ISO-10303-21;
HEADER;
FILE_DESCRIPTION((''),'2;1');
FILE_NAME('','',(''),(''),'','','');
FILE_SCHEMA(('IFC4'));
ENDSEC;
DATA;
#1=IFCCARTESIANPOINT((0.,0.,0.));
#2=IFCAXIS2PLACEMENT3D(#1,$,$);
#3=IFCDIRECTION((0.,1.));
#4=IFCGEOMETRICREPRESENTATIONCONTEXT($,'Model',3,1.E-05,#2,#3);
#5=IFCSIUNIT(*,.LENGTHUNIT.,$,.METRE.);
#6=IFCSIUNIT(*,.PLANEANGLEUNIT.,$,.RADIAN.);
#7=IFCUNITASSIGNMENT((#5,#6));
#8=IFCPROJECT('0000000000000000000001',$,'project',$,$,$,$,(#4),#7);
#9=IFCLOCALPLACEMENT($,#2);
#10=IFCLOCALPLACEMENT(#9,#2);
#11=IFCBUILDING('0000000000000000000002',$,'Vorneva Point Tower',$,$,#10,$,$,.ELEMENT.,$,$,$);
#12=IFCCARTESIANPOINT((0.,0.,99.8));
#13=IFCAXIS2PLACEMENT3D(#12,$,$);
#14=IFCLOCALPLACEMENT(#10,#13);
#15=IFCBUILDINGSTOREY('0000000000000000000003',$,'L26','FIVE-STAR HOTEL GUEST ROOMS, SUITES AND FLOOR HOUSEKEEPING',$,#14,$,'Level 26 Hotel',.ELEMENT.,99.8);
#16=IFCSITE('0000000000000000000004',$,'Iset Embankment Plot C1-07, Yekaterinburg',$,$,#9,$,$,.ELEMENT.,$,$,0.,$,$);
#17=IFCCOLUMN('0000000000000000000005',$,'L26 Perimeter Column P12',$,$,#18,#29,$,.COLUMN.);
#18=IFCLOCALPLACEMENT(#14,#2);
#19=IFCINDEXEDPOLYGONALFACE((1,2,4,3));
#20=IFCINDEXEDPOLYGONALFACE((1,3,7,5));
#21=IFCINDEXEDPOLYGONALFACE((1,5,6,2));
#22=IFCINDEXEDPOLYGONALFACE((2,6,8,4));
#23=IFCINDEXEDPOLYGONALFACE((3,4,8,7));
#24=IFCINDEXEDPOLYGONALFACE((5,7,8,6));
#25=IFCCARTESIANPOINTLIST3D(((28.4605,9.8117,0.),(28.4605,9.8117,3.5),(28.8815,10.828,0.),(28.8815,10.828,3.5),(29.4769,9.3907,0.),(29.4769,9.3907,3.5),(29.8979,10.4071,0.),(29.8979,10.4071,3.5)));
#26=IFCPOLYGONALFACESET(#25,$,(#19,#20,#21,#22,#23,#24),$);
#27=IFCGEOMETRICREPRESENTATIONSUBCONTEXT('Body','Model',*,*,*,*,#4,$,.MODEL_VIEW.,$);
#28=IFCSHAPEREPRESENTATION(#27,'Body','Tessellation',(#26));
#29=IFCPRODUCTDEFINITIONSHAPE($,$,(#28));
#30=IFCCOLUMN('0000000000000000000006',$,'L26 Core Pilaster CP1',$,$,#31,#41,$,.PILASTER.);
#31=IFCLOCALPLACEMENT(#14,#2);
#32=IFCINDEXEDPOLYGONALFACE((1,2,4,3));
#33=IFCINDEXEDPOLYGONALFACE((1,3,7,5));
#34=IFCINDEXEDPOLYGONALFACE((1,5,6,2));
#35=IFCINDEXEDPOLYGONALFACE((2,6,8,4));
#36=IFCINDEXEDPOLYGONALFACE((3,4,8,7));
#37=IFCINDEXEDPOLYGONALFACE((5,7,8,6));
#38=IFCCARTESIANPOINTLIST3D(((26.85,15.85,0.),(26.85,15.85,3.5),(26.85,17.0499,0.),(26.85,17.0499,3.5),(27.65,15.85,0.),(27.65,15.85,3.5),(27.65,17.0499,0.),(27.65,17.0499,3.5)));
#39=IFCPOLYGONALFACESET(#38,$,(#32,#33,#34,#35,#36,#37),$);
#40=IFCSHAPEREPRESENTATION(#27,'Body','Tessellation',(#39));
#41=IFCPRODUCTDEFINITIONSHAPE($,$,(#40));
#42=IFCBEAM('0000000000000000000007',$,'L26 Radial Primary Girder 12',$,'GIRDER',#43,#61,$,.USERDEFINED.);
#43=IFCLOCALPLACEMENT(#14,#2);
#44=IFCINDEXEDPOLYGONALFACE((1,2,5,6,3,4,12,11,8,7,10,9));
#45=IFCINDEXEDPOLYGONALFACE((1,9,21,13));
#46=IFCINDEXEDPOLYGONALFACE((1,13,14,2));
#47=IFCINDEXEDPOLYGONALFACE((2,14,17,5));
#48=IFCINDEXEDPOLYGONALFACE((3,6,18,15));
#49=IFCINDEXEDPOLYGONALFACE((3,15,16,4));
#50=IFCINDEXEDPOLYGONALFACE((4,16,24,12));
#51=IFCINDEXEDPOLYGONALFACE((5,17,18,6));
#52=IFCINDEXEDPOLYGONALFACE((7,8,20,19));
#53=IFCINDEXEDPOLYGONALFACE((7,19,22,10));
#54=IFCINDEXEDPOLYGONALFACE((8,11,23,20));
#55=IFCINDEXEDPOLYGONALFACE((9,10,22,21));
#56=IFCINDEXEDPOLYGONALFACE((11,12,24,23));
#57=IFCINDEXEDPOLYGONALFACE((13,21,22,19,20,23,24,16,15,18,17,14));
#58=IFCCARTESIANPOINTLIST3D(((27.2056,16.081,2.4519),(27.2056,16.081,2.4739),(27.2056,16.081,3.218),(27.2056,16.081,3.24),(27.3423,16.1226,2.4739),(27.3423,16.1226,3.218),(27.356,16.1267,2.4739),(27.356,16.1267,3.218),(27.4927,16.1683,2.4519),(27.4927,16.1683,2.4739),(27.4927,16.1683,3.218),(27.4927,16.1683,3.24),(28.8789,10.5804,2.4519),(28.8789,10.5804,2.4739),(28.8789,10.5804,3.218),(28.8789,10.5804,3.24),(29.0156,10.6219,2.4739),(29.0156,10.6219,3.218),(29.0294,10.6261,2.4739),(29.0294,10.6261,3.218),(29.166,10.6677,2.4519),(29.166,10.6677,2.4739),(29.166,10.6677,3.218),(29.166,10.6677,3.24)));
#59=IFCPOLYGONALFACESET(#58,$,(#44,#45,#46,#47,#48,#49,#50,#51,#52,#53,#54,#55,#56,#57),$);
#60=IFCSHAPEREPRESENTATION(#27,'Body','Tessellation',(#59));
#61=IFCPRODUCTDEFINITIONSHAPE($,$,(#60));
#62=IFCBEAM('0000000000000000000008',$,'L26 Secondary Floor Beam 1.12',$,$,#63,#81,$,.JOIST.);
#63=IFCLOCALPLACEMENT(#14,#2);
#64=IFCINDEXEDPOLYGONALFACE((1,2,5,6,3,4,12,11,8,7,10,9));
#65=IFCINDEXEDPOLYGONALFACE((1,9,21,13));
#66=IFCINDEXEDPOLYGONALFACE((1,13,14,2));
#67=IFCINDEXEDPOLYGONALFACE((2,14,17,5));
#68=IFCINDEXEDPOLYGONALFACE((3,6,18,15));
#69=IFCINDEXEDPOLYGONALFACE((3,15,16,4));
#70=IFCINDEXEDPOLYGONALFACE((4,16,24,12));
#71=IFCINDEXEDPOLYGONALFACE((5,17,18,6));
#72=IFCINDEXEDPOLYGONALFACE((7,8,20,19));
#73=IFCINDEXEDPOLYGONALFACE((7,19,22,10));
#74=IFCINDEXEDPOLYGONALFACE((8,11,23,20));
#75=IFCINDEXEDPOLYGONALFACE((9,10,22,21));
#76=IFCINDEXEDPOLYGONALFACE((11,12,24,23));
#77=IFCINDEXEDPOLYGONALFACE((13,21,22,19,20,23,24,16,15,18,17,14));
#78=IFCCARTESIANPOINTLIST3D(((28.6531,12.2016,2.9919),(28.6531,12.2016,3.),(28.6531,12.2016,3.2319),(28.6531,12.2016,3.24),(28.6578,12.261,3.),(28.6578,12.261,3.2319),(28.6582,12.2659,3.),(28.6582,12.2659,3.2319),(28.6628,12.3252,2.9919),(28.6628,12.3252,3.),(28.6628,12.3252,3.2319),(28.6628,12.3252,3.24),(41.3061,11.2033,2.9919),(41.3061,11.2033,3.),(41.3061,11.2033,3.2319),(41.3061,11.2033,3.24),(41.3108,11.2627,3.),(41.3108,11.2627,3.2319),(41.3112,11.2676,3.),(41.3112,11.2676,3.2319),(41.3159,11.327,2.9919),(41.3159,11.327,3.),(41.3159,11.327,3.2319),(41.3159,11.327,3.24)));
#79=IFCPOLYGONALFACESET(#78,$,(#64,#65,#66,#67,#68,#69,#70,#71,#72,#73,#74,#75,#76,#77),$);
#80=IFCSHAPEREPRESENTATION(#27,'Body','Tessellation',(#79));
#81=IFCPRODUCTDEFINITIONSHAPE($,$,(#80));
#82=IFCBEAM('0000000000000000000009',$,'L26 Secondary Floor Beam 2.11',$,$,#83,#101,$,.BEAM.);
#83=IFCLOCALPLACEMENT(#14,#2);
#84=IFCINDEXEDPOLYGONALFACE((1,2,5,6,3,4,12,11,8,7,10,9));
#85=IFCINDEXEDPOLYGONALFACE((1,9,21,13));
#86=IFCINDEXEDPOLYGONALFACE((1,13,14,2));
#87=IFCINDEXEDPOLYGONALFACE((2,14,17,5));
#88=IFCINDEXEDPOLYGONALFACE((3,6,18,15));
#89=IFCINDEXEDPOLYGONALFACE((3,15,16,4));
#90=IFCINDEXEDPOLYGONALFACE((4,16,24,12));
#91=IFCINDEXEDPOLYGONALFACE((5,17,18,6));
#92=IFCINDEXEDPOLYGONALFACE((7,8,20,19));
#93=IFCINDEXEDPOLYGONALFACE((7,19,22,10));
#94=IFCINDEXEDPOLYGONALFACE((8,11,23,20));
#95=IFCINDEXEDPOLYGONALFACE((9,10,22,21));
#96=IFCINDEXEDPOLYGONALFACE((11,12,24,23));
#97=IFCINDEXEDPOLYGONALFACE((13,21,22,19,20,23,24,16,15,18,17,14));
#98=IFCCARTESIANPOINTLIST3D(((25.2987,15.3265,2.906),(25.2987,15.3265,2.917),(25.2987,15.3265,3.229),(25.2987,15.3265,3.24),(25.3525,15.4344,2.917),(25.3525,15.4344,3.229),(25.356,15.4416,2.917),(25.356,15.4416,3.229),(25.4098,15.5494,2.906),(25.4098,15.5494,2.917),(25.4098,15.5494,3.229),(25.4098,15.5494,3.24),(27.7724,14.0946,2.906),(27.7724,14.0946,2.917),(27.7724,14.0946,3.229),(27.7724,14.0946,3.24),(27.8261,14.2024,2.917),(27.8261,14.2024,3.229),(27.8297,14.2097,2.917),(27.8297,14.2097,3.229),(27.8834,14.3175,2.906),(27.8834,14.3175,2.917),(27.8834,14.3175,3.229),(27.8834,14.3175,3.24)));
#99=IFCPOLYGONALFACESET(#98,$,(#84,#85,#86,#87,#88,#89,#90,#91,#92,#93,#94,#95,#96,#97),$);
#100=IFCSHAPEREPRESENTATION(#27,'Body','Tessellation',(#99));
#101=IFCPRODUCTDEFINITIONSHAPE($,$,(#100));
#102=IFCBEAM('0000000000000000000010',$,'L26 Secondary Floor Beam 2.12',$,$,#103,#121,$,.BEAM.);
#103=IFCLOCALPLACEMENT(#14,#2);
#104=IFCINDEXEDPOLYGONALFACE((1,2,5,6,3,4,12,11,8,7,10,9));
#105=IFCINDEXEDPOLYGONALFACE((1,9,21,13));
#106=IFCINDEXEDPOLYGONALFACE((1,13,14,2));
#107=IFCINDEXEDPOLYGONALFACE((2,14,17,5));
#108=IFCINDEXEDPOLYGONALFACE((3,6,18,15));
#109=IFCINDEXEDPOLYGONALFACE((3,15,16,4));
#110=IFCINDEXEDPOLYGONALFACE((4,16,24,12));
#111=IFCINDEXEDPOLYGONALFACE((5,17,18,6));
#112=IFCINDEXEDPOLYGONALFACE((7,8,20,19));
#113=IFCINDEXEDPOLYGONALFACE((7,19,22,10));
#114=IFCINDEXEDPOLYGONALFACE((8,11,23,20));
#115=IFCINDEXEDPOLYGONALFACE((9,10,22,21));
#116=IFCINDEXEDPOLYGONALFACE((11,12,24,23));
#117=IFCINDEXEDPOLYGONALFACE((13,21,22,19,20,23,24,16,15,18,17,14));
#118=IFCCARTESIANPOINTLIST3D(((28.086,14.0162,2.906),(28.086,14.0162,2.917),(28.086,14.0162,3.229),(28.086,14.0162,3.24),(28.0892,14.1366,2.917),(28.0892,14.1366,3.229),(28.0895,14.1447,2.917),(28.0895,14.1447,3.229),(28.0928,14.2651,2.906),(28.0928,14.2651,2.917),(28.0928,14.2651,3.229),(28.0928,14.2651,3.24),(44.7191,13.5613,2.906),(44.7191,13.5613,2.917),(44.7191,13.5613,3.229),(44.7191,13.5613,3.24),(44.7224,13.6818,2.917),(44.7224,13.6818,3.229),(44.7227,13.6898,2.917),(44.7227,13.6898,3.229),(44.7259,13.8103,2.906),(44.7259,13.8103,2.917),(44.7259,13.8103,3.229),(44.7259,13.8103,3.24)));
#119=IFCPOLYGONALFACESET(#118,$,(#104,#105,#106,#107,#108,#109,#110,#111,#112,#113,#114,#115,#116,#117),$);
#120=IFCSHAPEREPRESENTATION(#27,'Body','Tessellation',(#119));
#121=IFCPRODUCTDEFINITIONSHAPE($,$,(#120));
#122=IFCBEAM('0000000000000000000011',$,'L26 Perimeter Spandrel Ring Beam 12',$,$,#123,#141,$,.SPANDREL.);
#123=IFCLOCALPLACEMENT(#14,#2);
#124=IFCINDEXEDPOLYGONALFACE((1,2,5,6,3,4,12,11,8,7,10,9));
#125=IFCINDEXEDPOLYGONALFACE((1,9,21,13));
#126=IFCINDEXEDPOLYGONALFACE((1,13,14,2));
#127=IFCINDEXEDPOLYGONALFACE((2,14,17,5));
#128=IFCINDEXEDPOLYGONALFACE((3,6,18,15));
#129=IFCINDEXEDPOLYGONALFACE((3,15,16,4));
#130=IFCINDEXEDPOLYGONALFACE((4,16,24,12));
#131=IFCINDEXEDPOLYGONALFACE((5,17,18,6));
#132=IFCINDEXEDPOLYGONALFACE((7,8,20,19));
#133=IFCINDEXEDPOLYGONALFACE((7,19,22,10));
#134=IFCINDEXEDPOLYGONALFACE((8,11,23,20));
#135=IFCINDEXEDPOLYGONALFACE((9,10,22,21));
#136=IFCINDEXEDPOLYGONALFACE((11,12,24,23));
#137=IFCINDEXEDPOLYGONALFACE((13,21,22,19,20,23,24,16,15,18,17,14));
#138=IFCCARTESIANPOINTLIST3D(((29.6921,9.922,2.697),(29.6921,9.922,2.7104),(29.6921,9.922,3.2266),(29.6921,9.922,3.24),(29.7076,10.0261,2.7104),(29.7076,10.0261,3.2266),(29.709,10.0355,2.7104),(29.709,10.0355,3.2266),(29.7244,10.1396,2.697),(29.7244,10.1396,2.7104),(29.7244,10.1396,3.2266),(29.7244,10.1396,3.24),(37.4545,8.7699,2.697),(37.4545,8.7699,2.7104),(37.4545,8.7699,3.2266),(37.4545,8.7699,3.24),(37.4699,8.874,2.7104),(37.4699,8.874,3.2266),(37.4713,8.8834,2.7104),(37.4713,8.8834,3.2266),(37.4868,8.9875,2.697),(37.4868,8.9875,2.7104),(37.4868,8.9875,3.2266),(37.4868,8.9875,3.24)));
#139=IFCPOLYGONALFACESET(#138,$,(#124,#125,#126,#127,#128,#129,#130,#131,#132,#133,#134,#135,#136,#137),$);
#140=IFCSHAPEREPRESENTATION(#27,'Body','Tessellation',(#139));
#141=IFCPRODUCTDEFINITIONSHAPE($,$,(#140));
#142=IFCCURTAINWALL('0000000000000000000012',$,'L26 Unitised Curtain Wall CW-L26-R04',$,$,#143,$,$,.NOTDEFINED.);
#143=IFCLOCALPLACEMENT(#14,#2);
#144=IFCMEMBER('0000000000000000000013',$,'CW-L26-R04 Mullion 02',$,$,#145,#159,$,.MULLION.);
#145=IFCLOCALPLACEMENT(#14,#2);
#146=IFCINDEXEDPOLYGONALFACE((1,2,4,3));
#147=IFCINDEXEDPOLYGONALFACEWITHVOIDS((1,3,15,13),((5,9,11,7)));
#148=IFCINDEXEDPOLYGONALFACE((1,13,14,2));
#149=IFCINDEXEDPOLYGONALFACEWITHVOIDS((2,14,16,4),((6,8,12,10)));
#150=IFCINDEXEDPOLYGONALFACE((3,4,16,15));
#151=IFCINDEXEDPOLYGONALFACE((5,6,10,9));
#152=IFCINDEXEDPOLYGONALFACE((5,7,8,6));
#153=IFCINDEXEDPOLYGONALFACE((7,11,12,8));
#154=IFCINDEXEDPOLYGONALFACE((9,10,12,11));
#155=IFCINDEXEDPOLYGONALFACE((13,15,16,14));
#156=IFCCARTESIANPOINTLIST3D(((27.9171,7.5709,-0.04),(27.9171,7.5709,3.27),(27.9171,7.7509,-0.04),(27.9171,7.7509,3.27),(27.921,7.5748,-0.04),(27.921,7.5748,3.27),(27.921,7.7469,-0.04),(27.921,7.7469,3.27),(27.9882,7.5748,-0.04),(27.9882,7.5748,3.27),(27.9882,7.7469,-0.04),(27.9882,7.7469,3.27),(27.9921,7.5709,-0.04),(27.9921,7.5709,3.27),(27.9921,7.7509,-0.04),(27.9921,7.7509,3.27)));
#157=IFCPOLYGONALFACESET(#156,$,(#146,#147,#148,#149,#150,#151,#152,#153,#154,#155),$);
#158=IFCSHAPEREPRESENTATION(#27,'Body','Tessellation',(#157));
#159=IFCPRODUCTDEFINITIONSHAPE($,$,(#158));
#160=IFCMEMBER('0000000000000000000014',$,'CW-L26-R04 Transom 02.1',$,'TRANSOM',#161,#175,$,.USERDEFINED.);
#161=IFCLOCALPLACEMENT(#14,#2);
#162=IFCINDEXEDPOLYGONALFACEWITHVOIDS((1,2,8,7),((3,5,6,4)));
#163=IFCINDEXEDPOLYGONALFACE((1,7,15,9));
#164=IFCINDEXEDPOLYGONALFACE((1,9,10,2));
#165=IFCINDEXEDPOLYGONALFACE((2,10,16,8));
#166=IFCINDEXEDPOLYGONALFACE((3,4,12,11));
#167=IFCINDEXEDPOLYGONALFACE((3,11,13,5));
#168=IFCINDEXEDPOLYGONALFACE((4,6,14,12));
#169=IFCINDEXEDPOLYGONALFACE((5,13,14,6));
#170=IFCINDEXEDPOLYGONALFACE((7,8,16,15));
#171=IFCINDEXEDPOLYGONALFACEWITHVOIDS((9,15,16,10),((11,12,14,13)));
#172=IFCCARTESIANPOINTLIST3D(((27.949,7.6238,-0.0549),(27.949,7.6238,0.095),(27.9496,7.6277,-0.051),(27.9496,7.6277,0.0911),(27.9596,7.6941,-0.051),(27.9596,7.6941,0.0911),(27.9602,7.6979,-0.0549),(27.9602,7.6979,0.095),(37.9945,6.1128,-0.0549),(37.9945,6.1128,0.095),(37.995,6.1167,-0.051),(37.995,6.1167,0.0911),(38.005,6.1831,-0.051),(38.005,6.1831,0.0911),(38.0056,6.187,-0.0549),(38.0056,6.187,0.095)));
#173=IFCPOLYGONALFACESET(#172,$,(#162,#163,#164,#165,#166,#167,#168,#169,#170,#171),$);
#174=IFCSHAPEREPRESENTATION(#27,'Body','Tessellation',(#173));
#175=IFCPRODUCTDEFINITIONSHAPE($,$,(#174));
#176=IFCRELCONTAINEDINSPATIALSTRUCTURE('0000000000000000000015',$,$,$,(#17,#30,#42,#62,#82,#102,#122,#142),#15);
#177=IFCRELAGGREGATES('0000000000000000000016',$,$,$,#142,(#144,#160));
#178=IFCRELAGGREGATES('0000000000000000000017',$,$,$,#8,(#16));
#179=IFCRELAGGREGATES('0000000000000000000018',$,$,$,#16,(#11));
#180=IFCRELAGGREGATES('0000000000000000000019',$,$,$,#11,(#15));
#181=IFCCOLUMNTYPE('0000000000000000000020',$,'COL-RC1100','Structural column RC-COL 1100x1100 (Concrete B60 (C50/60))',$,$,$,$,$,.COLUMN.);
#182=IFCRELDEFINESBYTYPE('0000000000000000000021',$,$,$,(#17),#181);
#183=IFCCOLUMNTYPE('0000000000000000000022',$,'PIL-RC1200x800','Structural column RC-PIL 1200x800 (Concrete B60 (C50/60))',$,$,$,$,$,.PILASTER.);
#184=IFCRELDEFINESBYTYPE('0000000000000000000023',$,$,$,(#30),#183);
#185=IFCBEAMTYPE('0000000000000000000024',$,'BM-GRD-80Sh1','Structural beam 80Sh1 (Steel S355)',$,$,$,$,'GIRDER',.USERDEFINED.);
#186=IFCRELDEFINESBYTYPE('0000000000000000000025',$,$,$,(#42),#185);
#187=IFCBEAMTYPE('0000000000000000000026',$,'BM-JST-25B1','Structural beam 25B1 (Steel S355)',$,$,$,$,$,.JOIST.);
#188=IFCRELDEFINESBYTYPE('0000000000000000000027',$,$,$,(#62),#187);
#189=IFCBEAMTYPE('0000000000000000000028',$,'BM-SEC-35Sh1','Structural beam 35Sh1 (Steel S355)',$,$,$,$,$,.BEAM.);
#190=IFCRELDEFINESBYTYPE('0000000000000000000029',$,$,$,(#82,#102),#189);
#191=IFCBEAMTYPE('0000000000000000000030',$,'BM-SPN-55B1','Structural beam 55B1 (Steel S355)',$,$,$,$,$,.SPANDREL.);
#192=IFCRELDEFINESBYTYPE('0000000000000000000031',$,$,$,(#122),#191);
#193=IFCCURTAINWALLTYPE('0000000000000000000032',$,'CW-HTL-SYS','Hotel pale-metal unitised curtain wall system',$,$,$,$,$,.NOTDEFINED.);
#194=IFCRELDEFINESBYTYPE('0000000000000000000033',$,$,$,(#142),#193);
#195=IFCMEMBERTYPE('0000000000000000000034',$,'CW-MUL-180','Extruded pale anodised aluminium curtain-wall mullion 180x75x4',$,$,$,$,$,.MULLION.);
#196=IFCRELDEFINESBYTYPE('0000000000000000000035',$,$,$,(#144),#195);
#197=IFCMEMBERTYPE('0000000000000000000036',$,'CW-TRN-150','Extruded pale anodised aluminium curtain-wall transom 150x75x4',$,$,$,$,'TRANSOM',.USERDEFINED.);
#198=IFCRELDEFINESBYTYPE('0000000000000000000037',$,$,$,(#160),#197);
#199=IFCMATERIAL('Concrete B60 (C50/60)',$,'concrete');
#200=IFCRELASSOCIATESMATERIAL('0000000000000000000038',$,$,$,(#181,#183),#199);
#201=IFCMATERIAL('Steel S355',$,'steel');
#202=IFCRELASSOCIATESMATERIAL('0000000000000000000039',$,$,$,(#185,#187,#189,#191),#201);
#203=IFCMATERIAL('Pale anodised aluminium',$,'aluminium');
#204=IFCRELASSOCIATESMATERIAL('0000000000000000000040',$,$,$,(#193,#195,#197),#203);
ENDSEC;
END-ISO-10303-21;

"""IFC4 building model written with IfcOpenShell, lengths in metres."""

from ifc_helpers import new_model, si_unit, direction, frame, origin, origin_2d, place, context, subcontext, project, spatial, rectangle, hollow_rectangle, i_section, extrude, material, material_profile, profile_set, type_object, element, aggregate, save


model = new_model("IFC4")

# Units and contexts
model_context = context("Model", 3, precision=1e-05, world=origin(), true_north=direction((0.0, 1.0)))
body_context = subcontext(model_context, "Body", "Model", "MODEL_VIEW")
ifc_project = project(units=[si_unit("LENGTHUNIT", "METRE"), si_unit("PLANEANGLEUNIT", "RADIAN")], contexts=[model_context])

# Site, building, storey
site_placement = place(None, origin())
site = spatial("IfcSite", under=ifc_project, at=site_placement, Name="Iset Embankment Plot C1-07, Yekaterinburg", CompositionType="ELEMENT", RefElevation=0.0)
building_placement = place(site_placement, origin())
building = spatial("IfcBuilding", under=site, at=building_placement, Name="Vorneva Point Tower", CompositionType="ELEMENT")
storey_placement = place(building_placement, frame((0.0, 0.0, 99.8)))
storey = spatial("IfcBuildingStorey", under=building, at=storey_placement, Name="L26", Description="FIVE-STAR HOTEL GUEST ROOMS, SUITES AND FLOOR HOUSEKEEPING", LongName="Level 26 Hotel", CompositionType="ELEMENT", Elevation=99.8)

# Columns
ifc_material_1 = material(Name="Concrete B60 (C50/60)", Category="concrete")
ifc_material_profile_1 = material_profile(ifc_material_1, rectangle(XDim=1.1001, YDim=1.1001, at=origin_2d()), Name="RC-COL 1100x1100")
ifc_profile_set_1 = profile_set([ifc_material_profile_1], Name="Concrete B60 (C50/60)")
column_type_1 = type_object("IfcColumnType", Name="COL-RC1100", Description="Structural column RC-COL 1100x1100 (Concrete B60 (C50/60))", PredefinedType="COLUMN", material=ifc_profile_set_1)
column_1_placement = place(storey_placement, frame((29.1792, 10.1094, 0.0), z_axis=(0.0, 0.0, 1.0), x_axis=(-0.382683, -0.92388, 0.0)))
element("IfcColumn", 1, at=column_1_placement, inside=storey, type_object=column_type_1, Name="L26 Perimeter Column P12", PredefinedType="COLUMN", context=body_context, shape_type="SweptSolid", body=[
    extrude(rectangle(XDim=1.1001, YDim=1.1001, at=origin_2d()), origin(), (0.0, 0.0, 1.0), 3.5),
])
ifc_material_profile_2 = material_profile(ifc_material_1, rectangle(XDim=0.8, YDim=1.2, at=origin_2d()), Name="RC-PIL 1200x800")
ifc_profile_set_2 = profile_set([ifc_material_profile_2], Name="Concrete B60 (C50/60)")
column_type_2 = type_object("IfcColumnType", Name="PIL-RC1200x800", Description="Structural column RC-PIL 1200x800 (Concrete B60 (C50/60))", PredefinedType="PILASTER", material=ifc_profile_set_2)
column_2_placement = place(storey_placement, frame((27.25, 16.45, 0.0), z_axis=(0.0, 0.0, 1.0), x_axis=(1.0, 0.0, 0.0)))
element("IfcColumn", 2, at=column_2_placement, inside=storey, type_object=column_type_2, Name="L26 Core Pilaster CP1", PredefinedType="PILASTER", context=body_context, shape_type="SweptSolid", body=[
    extrude(rectangle(XDim=0.8, YDim=1.2, at=origin_2d()), origin(), (0.0, 0.0, 1.0), 3.5),
])

# Beams
ifc_material_2 = material(Name="Steel S355", Category="steel")
ifc_material_profile_3 = material_profile(ifc_material_2, i_section(OverallWidth=0.3, OverallDepth=0.7881, WebThickness=0.0144, FlangeThickness=0.022, at=origin_2d()), Name="80Sh1")
ifc_profile_set_3 = profile_set([ifc_material_profile_3], Name="Steel S355")
beam_type_1 = type_object("IfcBeamType", Name="BM-GRD-80Sh1", Description="Structural beam 80Sh1 (Steel S355)", ElementType="GIRDER", PredefinedType="USERDEFINED", material=ifc_profile_set_3)
beam_1_placement = place(storey_placement, frame((29.0225, 10.624, 2.8459), z_axis=(-0.291035, 0.956712, 0.0), x_axis=(-0.956712, -0.291035, 0.0)))
element("IfcBeam", 3, at=beam_1_placement, inside=storey, type_object=beam_type_1, Name="L26 Radial Primary Girder 12", ObjectType="GIRDER", PredefinedType="USERDEFINED", context=body_context, shape_type="SweptSolid", body=[
    extrude(i_section(OverallWidth=0.3, OverallDepth=0.7881, WebThickness=0.0144, FlangeThickness=0.022, at=origin_2d()), origin(), (0.0, 0.0, 1.0), 5.7495),
])
ifc_material_profile_4 = material_profile(ifc_material_2, i_section(OverallWidth=0.124, OverallDepth=0.248, WebThickness=0.0049, FlangeThickness=0.0081, at=origin_2d()), Name="25B1")
ifc_profile_set_4 = profile_set([ifc_material_profile_4], Name="Steel S355")
beam_type_2 = type_object("IfcBeamType", Name="BM-JST-25B1", Description="Structural beam 25B1 (Steel S355)", PredefinedType="JOIST", material=ifc_profile_set_4)
beam_2_placement = place(storey_placement, frame((28.658, 12.2634, 3.116), z_axis=(0.996902, -0.078653, 0.0), x_axis=(0.078653, 0.996902, 0.0)))
element("IfcBeam", 4, at=beam_2_placement, inside=storey, type_object=beam_type_2, Name="L26 Secondary Floor Beam 1.12", PredefinedType="JOIST", context=body_context, shape_type="SweptSolid", body=[
    extrude(i_section(OverallWidth=0.124, OverallDepth=0.248, WebThickness=0.0049, FlangeThickness=0.0081, at=origin_2d()), origin(), (0.0, 0.0, 1.0), 12.6924),
])
ifc_material_profile_5 = material_profile(ifc_material_2, i_section(OverallWidth=0.249, OverallDepth=0.334, WebThickness=0.0081, FlangeThickness=0.011, at=origin_2d()), Name="35Sh1")
ifc_profile_set_5 = profile_set([ifc_material_profile_5], Name="Steel S355")
beam_type_3 = type_object("IfcBeamType", Name="BM-SEC-35Sh1", Description="Structural beam 35Sh1 (Steel S355)", PredefinedType="BEAM", material=ifc_profile_set_5)
beam_3_placement = place(storey_placement, frame((25.3542, 15.438, 3.073), z_axis=(0.895133, -0.445799, 0.0), x_axis=(0.445799, 0.895133, 0.0)))
element("IfcBeam", 5, at=beam_3_placement, inside=storey, type_object=beam_type_3, Name="L26 Secondary Floor Beam 2.11", PredefinedType="BEAM", context=body_context, shape_type="SweptSolid", body=[
    extrude(i_section(OverallWidth=0.249, OverallDepth=0.334, WebThickness=0.0081, FlangeThickness=0.011, at=origin_2d()), origin(), (0.0, 0.0, 1.0), 2.7634),
])
beam_4_placement = place(storey_placement, frame((28.0894, 14.1406, 3.073), z_axis=(0.999626, -0.027335, 0.0), x_axis=(0.027335, 0.999626, 0.0)))
element("IfcBeam", 6, at=beam_4_placement, inside=storey, type_object=beam_type_3, Name="L26 Secondary Floor Beam 2.12", PredefinedType="BEAM", context=body_context, shape_type="SweptSolid", body=[
    extrude(i_section(OverallWidth=0.249, OverallDepth=0.334, WebThickness=0.0081, FlangeThickness=0.011, at=origin_2d()), origin(), (0.0, 0.0, 1.0), 16.6394),
])
ifc_material_profile_6 = material_profile(ifc_material_2, i_section(OverallWidth=0.22, OverallDepth=0.543, WebThickness=0.0095, FlangeThickness=0.0134, at=origin_2d()), Name="55B1")
ifc_profile_set_6 = profile_set([ifc_material_profile_6], Name="Steel S355")
beam_type_4 = type_object("IfcBeamType", Name="BM-SPN-55B1", Description="Structural beam 55B1 (Steel S355)", PredefinedType="SPANDREL", material=ifc_profile_set_6)
beam_5_placement = place(storey_placement, frame((29.7083, 10.0308, 2.9685), z_axis=(0.989165, -0.146811, 0.0), x_axis=(0.146811, 0.989165, 0.0)))
element("IfcBeam", 7, at=beam_5_placement, inside=storey, type_object=beam_type_4, Name="L26 Perimeter Spandrel Ring Beam 12", PredefinedType="SPANDREL", context=body_context, shape_type="SweptSolid", body=[
    extrude(i_section(OverallWidth=0.22, OverallDepth=0.543, WebThickness=0.0095, FlangeThickness=0.0134, at=origin_2d()), origin(), (0.0, 0.0, 1.0), 7.8474),
])

# Curtain wall, members
ifc_material_3 = material(Name="Pale anodised aluminium", Category="aluminium")
curtain_wall_type = type_object("IfcCurtainWallType", Name="CW-HTL-SYS", Description="Hotel pale-metal unitised curtain wall system", PredefinedType="NOTDEFINED", material=ifc_material_3)
curtain_wall_placement = place(storey_placement, origin())
curtain_wall = element("IfcCurtainWall", 8, at=curtain_wall_placement, inside=storey, type_object=curtain_wall_type, Name="L26 Unitised Curtain Wall CW-L26-R04", PredefinedType="NOTDEFINED")
ifc_material_profile_7 = material_profile(ifc_material_3, hollow_rectangle(XDim=0.075, YDim=0.1799, WallThickness=0.0039, at=origin_2d()), Name="AL-MUL 180x75x4")
ifc_profile_set_7 = profile_set([ifc_material_profile_7], Name="Pale anodised aluminium")
member_type_1 = type_object("IfcMemberType", Name="CW-MUL-180", Description="Extruded pale anodised aluminium curtain-wall mullion 180x75x4", PredefinedType="MULLION", material=ifc_profile_set_7)
member_1_placement = place(storey_placement, frame((27.9546, 7.6609, -0.04), z_axis=(0.0, 0.0, 1.0), x_axis=(1.0, 0.0, 0.0)))
member_1 = element("IfcMember", 9, at=member_1_placement, type_object=member_type_1, Name="CW-L26-R04 Mullion 02", PredefinedType="MULLION", context=body_context, shape_type="SweptSolid", body=[
    extrude(hollow_rectangle(XDim=0.075, YDim=0.1799, WallThickness=0.0039, at=origin_2d()), origin(), (0.0, 0.0, 1.0), 3.3101),
])
ifc_material_profile_8 = material_profile(ifc_material_3, hollow_rectangle(XDim=0.075, YDim=0.1499, WallThickness=0.0039, at=origin_2d()), Name="AL-TRN 150x75x4")
ifc_profile_set_8 = profile_set([ifc_material_profile_8], Name="Pale anodised aluminium")
member_type_2 = type_object("IfcMemberType", Name="CW-TRN-150", Description="Extruded pale anodised aluminium curtain-wall transom 150x75x4", ElementType="TRANSOM", PredefinedType="USERDEFINED", material=ifc_profile_set_8)
member_2_placement = place(storey_placement, frame((27.9546, 7.6609, 0.02), z_axis=(0.988876, -0.148742, 0.0), x_axis=(0.148742, 0.988876, 0.0)))
member_2 = element("IfcMember", 10, at=member_2_placement, type_object=member_type_2, Name="CW-L26-R04 Transom 02.1", ObjectType="TRANSOM", PredefinedType="USERDEFINED", context=body_context, shape_type="SweptSolid", body=[
    extrude(hollow_rectangle(XDim=0.075, YDim=0.1499, WallThickness=0.0039, at=origin_2d()), origin(), (0.0, 0.0, 1.0), 10.1584),
])
aggregate(curtain_wall, [member_1, member_2])

save(model, "model.ifc")
